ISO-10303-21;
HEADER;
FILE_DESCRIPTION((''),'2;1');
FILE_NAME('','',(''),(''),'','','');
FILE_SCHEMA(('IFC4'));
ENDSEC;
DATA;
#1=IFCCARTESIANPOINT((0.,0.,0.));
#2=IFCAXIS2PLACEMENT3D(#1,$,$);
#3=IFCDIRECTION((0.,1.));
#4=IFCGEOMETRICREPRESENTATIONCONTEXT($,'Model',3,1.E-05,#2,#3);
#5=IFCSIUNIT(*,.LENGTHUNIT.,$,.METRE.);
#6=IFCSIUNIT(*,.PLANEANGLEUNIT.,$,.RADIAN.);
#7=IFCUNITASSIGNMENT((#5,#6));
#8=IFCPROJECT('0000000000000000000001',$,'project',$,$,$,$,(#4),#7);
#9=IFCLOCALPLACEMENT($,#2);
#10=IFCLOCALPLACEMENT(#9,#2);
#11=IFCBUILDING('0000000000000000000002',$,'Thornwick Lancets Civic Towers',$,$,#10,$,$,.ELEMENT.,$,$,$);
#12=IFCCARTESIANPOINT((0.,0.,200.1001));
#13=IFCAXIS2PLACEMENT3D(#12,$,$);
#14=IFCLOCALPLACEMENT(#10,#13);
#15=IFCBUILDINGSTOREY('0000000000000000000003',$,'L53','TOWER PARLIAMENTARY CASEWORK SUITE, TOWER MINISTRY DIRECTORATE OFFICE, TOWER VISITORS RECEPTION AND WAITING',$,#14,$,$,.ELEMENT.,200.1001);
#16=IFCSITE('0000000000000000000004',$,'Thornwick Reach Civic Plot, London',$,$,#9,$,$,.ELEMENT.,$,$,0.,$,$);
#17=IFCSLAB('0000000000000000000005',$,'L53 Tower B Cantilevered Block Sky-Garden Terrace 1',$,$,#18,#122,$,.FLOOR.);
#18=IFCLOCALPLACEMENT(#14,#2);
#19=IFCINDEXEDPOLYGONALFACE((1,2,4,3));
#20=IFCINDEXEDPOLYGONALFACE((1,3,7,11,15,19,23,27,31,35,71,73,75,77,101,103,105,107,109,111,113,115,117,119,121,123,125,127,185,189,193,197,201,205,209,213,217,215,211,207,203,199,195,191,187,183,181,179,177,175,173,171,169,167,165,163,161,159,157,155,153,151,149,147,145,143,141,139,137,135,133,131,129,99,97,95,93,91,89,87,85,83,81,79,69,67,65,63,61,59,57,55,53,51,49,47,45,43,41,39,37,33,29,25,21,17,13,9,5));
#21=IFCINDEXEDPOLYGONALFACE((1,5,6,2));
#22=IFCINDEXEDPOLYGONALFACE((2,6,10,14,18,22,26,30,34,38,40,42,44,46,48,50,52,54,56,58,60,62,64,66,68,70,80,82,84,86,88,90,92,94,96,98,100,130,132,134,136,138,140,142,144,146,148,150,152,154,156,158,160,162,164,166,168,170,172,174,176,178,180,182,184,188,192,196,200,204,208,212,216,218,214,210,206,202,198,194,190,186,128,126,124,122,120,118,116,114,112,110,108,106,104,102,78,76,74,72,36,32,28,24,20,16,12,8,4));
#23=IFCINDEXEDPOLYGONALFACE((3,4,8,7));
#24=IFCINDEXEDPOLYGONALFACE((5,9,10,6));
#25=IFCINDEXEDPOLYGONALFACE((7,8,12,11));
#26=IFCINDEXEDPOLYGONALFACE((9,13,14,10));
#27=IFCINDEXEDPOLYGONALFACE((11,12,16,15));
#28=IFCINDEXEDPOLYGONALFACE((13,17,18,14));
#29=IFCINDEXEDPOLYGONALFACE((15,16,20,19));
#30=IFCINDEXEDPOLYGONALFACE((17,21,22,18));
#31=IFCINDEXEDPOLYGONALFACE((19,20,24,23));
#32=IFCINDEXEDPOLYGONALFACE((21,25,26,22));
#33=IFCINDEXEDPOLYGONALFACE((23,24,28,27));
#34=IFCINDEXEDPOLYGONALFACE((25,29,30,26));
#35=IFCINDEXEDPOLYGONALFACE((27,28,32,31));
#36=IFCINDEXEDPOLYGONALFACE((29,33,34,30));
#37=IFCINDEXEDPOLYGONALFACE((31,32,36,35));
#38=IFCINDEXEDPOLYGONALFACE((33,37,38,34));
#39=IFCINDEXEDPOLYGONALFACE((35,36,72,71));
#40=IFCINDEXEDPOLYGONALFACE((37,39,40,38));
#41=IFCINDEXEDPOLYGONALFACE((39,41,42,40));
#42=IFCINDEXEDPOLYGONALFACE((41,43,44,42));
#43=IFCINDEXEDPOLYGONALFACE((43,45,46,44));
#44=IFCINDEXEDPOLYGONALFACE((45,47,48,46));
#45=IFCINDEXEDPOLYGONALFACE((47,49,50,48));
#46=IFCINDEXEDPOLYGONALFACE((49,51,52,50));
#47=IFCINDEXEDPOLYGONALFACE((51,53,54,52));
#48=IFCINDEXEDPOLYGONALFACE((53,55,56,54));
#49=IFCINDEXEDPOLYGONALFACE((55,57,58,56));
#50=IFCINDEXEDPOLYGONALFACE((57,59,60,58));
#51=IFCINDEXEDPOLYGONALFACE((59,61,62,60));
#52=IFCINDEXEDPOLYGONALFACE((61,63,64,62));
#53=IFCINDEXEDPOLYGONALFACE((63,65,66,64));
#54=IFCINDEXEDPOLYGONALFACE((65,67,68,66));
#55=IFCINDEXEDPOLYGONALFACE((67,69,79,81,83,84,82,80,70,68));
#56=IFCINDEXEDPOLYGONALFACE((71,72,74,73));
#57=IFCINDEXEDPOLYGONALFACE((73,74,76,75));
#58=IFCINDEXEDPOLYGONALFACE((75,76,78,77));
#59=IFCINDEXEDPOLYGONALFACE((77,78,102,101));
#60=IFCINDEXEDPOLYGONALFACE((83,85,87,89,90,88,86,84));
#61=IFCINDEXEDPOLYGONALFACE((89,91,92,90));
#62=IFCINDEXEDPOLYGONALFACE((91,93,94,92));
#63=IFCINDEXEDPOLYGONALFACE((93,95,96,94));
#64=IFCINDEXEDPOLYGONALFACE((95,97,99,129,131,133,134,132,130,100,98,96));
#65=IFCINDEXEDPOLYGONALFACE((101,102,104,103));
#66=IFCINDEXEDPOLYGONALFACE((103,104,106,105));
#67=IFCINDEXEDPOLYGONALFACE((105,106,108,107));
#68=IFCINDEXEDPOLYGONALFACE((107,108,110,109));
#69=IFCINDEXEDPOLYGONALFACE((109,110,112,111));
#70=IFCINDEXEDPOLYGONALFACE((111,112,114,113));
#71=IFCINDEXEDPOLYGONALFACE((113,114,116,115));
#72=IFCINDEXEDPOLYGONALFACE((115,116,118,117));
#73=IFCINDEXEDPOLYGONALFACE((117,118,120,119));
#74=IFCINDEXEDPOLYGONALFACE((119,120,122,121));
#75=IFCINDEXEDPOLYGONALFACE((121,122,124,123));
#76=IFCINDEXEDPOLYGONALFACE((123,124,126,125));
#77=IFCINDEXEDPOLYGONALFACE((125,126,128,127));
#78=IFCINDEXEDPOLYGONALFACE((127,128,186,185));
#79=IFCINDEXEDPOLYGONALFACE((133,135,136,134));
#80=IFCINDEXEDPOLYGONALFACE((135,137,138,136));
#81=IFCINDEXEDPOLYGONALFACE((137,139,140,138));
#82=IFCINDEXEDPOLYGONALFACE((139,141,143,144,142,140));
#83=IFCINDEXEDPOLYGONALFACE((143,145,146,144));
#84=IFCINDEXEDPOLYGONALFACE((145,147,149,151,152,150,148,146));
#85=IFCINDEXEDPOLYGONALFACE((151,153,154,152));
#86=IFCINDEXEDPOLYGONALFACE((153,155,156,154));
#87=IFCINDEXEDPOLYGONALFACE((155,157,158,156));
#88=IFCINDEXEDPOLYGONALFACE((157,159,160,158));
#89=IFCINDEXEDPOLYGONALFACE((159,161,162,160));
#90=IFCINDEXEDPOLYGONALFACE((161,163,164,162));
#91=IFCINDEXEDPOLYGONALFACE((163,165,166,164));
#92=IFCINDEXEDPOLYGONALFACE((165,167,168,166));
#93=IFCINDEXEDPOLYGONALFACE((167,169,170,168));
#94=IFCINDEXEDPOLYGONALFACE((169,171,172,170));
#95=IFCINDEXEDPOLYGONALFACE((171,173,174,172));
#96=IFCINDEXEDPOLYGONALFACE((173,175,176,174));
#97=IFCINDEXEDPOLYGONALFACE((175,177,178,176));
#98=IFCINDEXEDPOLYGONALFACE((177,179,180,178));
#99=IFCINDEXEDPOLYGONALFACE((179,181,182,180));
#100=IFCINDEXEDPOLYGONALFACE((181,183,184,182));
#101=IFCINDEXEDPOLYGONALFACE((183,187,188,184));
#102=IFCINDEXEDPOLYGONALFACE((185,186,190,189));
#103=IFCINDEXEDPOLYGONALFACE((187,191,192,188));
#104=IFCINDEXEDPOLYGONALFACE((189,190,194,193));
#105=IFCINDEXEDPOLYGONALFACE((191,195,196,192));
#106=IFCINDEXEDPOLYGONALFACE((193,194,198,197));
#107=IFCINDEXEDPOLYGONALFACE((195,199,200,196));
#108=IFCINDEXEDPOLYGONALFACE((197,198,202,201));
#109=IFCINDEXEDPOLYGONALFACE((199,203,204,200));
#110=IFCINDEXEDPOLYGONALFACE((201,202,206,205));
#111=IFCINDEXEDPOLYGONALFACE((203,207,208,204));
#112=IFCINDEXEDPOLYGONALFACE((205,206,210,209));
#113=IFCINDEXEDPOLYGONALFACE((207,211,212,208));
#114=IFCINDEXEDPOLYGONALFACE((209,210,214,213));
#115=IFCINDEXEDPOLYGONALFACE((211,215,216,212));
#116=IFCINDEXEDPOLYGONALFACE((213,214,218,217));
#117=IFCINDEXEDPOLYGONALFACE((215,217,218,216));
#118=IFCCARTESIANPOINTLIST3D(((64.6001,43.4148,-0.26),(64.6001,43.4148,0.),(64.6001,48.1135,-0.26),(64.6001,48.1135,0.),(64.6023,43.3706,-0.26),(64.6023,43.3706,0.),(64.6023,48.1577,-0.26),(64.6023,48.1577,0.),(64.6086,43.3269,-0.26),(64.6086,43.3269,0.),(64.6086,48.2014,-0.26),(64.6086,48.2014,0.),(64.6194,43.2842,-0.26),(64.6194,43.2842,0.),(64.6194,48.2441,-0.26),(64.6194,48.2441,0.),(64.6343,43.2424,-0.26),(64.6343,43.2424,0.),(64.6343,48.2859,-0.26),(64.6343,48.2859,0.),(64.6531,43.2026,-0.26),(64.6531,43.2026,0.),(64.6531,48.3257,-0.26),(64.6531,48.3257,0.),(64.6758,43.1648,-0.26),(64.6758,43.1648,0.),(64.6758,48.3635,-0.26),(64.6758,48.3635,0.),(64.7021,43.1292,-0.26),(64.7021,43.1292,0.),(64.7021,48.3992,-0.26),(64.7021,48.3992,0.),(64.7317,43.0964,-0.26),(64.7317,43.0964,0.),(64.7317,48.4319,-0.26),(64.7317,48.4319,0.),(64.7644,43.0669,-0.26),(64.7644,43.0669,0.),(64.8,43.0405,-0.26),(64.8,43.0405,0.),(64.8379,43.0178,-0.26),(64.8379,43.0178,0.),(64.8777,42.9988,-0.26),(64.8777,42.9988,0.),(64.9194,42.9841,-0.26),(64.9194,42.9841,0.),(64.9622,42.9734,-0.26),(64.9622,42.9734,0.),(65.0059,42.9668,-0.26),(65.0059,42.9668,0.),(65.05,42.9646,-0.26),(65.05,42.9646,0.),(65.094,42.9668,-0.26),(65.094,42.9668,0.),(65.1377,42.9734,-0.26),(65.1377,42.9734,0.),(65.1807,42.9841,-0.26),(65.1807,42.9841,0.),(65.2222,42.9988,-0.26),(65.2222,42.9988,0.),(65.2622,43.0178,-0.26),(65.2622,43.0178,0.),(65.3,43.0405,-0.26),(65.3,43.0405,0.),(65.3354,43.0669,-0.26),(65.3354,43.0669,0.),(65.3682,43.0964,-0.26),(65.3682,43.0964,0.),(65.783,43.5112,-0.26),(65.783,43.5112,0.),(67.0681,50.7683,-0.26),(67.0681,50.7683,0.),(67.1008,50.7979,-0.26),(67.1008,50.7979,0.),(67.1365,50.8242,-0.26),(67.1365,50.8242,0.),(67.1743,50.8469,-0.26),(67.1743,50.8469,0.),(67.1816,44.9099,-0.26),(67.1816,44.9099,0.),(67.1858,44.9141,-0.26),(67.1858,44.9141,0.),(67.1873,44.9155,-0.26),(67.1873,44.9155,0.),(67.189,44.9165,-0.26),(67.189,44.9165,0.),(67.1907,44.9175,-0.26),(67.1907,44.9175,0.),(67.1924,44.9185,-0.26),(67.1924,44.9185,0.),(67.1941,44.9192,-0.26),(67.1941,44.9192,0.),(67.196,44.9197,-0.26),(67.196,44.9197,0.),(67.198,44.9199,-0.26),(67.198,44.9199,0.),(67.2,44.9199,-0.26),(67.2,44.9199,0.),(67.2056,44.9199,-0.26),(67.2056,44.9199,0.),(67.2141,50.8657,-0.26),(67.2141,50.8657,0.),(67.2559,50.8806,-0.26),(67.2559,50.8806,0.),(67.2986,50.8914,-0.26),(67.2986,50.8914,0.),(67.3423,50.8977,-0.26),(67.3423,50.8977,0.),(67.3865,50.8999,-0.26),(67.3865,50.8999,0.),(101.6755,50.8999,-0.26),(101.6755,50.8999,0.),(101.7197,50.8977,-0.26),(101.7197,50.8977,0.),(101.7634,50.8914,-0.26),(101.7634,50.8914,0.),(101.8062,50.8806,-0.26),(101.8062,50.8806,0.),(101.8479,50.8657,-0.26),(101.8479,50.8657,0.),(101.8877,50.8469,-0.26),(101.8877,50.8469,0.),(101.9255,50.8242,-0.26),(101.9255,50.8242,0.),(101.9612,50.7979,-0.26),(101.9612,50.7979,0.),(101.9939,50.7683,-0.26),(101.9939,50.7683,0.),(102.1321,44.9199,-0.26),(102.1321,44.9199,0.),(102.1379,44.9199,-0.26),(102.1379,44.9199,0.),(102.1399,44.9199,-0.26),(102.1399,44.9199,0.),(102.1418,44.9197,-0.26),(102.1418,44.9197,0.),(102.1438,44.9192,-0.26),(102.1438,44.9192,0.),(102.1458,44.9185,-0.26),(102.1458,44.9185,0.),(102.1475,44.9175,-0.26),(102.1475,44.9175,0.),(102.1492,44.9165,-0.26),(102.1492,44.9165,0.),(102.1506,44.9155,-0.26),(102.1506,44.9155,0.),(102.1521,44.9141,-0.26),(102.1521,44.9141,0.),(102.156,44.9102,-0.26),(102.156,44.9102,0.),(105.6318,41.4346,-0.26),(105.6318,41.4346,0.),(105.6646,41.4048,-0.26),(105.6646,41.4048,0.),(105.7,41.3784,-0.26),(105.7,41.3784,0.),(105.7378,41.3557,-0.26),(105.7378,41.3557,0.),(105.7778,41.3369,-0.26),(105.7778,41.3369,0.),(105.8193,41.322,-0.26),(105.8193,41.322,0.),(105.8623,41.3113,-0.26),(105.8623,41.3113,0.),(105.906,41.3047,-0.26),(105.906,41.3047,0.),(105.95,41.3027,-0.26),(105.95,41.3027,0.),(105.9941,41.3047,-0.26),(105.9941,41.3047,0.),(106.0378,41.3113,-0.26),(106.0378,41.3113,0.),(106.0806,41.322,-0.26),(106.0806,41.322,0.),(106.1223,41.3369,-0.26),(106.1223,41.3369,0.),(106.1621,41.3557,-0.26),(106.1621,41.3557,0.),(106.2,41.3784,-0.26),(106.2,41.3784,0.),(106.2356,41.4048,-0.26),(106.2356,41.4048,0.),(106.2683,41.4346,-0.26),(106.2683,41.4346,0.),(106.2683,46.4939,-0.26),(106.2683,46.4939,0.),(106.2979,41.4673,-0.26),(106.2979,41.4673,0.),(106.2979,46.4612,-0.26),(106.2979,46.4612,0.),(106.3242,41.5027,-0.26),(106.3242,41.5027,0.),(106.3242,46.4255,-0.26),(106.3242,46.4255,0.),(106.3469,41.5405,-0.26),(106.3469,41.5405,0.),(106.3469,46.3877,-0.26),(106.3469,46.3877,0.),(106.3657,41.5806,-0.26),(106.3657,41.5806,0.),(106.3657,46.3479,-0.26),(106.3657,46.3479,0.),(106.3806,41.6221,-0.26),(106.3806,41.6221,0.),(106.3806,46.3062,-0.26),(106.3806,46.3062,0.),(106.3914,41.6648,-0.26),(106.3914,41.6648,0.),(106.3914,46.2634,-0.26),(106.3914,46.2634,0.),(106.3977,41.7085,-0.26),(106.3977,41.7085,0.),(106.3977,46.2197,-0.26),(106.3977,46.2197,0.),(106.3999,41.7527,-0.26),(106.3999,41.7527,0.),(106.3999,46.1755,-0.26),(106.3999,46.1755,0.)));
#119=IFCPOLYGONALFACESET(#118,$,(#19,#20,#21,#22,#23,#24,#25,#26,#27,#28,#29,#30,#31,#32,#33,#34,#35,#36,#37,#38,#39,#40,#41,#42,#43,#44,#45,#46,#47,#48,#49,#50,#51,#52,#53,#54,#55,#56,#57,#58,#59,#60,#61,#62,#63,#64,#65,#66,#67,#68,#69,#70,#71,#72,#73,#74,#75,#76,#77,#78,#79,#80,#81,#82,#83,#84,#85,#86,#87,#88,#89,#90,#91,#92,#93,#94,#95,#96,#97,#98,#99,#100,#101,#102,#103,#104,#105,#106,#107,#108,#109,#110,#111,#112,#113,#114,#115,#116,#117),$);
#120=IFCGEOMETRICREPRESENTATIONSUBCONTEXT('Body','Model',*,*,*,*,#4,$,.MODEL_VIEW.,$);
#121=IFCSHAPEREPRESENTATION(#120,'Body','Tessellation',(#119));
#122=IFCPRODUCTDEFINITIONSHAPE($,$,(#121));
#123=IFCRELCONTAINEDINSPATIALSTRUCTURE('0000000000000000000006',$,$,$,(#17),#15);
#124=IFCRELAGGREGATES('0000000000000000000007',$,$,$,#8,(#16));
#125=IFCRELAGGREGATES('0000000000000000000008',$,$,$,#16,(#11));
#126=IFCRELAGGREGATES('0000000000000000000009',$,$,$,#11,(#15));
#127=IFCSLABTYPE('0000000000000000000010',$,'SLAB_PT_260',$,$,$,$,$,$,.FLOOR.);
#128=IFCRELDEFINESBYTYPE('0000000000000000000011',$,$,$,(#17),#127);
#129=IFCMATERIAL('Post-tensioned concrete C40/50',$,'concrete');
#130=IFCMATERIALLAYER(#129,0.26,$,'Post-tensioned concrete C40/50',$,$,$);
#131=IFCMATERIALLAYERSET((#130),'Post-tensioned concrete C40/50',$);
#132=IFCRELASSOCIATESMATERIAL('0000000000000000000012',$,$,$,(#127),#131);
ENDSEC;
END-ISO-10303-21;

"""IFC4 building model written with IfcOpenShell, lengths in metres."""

from ifc_helpers import new_model, si_unit, direction, frame, origin, place, context, subcontext, project, spatial, polyline, outline, extrude, material, layer, layer_set, type_object, element, save


model = new_model("IFC4")

# Units and contexts
model_context = context("Model", 3, precision=1e-05, world=origin(), true_north=direction((0.0, 1.0)))
body_context = subcontext(model_context, "Body", "Model", "MODEL_VIEW")
ifc_project = project(units=[si_unit("LENGTHUNIT", "METRE"), si_unit("PLANEANGLEUNIT", "RADIAN")], contexts=[model_context])

# Site, building, storey
site_placement = place(None, origin())
site = spatial("IfcSite", under=ifc_project, at=site_placement, Name="Thornwick Reach Civic Plot, London", CompositionType="ELEMENT", RefElevation=0.0)
building_placement = place(site_placement, origin())
building = spatial("IfcBuilding", under=site, at=building_placement, Name="Thornwick Lancets Civic Towers", CompositionType="ELEMENT")
storey_placement = place(building_placement, frame((0.0, 0.0, 200.1001)))
storey = spatial("IfcBuildingStorey", under=building, at=storey_placement, Name="L53", Description="TOWER PARLIAMENTARY CASEWORK SUITE, TOWER MINISTRY DIRECTORATE OFFICE, TOWER VISITORS RECEPTION AND WAITING", CompositionType="ELEMENT", Elevation=200.1001)

# Slab
ifc_material_1 = material(Name="Post-tensioned concrete C40/50", Category="concrete")
ifc_layer_1 = layer(ifc_material_1, 0.26, Name="Post-tensioned concrete C40/50")
ifc_layer_set_1 = layer_set([ifc_layer_1], Name="Post-tensioned concrete C40/50")
slab_type_1 = type_object("IfcSlabType", Name="SLAB_PT_260", PredefinedType="FLOOR", material=ifc_layer_set_1)
slab_1_placement = place(storey_placement, frame((0.0, 0.0, -0.26)))
element("IfcSlab", 1, at=slab_1_placement, inside=storey, type_object=slab_type_1, Name="L53 Tower B Cantilevered Block Sky-Garden Terrace 1", PredefinedType="FLOOR", context=body_context, shape_type="SweptSolid", body=[
    extrude(outline(polyline([(64.6023, 48.1577), (64.6086, 48.2014), (64.6194, 48.2441), (64.6343, 48.2859), (64.6531, 48.3257), (64.6758, 48.3635), (64.7021, 48.3992), (64.7317, 48.4319), (67.0681, 50.7683), (67.1008, 50.7979), (67.1365, 50.8242), (67.1743, 50.8469), (67.2141, 50.8657), (67.2559, 50.8806), (67.2986, 50.8914), (67.3423, 50.8977), (67.3865, 50.8999), (101.6755, 50.8999), (101.7197, 50.8977), (101.7634, 50.8914), (101.8062, 50.8806), (101.8479, 50.8657), (101.8877, 50.8469), (101.9255, 50.8242), (101.9612, 50.7979), (101.9939, 50.7683), (106.2683, 46.4939), (106.2979, 46.4612), (106.3242, 46.4255), (106.3469, 46.3877), (106.3657, 46.3479), (106.3806, 46.3062), (106.3914, 46.2634), (106.3977, 46.2197), (106.3999, 46.1755), (106.3999, 41.7527), (106.3977, 41.7085), (106.3914, 41.6648), (106.3806, 41.6221), (106.3657, 41.5806), (106.3469, 41.5405), (106.3242, 41.5027), (106.2979, 41.4673), (106.2683, 41.4346), (106.2356, 41.4048), (106.2, 41.3784), (106.1621, 41.3557), (106.1223, 41.3369), (106.0806, 41.322), (106.0378, 41.3113), (105.9941, 41.3047), (105.95, 41.3027), (105.906, 41.3047), (105.8623, 41.3113), (105.8193, 41.322), (105.7778, 41.3369), (105.7378, 41.3557), (105.7, 41.3784), (105.6646, 41.4048), (105.6318, 41.4346), (102.156, 44.9102), (102.1521, 44.9141), (102.1506, 44.9155), (102.1492, 44.9165), (102.1475, 44.9175), (102.1458, 44.9185), (102.1438, 44.9192), (102.1418, 44.9197), (102.1399, 44.9199), (102.1379, 44.9199), (102.1321, 44.9199), (67.2056, 44.9199), (67.2, 44.9199), (67.198, 44.9199), (67.196, 44.9197), (67.1941, 44.9192), (67.1924, 44.9185), (67.1907, 44.9175), (67.189, 44.9165), (67.1873, 44.9155), (67.1858, 44.9141), (67.1816, 44.9099), (65.783, 43.5112), (65.3682, 43.0964), (65.3354, 43.0669), (65.3, 43.0405), (65.2622, 43.0178), (65.2222, 42.9988), (65.1807, 42.9841), (65.1377, 42.9734), (65.094, 42.9668), (65.05, 42.9646), (65.0059, 42.9668), (64.9622, 42.9734), (64.9194, 42.9841), (64.8777, 42.9988), (64.8379, 43.0178), (64.8, 43.0405), (64.7644, 43.0669), (64.7317, 43.0964), (64.7021, 43.1292), (64.6758, 43.1648), (64.6531, 43.2026), (64.6343, 43.2424), (64.6194, 43.2842), (64.6086, 43.3269), (64.6023, 43.3706), (64.6001, 43.4148), (64.6001, 48.1135), (64.6023, 48.1577)])), origin(), (0.0, 0.0, 1.0), 0.26),
])

save(model, "model.ifc")
